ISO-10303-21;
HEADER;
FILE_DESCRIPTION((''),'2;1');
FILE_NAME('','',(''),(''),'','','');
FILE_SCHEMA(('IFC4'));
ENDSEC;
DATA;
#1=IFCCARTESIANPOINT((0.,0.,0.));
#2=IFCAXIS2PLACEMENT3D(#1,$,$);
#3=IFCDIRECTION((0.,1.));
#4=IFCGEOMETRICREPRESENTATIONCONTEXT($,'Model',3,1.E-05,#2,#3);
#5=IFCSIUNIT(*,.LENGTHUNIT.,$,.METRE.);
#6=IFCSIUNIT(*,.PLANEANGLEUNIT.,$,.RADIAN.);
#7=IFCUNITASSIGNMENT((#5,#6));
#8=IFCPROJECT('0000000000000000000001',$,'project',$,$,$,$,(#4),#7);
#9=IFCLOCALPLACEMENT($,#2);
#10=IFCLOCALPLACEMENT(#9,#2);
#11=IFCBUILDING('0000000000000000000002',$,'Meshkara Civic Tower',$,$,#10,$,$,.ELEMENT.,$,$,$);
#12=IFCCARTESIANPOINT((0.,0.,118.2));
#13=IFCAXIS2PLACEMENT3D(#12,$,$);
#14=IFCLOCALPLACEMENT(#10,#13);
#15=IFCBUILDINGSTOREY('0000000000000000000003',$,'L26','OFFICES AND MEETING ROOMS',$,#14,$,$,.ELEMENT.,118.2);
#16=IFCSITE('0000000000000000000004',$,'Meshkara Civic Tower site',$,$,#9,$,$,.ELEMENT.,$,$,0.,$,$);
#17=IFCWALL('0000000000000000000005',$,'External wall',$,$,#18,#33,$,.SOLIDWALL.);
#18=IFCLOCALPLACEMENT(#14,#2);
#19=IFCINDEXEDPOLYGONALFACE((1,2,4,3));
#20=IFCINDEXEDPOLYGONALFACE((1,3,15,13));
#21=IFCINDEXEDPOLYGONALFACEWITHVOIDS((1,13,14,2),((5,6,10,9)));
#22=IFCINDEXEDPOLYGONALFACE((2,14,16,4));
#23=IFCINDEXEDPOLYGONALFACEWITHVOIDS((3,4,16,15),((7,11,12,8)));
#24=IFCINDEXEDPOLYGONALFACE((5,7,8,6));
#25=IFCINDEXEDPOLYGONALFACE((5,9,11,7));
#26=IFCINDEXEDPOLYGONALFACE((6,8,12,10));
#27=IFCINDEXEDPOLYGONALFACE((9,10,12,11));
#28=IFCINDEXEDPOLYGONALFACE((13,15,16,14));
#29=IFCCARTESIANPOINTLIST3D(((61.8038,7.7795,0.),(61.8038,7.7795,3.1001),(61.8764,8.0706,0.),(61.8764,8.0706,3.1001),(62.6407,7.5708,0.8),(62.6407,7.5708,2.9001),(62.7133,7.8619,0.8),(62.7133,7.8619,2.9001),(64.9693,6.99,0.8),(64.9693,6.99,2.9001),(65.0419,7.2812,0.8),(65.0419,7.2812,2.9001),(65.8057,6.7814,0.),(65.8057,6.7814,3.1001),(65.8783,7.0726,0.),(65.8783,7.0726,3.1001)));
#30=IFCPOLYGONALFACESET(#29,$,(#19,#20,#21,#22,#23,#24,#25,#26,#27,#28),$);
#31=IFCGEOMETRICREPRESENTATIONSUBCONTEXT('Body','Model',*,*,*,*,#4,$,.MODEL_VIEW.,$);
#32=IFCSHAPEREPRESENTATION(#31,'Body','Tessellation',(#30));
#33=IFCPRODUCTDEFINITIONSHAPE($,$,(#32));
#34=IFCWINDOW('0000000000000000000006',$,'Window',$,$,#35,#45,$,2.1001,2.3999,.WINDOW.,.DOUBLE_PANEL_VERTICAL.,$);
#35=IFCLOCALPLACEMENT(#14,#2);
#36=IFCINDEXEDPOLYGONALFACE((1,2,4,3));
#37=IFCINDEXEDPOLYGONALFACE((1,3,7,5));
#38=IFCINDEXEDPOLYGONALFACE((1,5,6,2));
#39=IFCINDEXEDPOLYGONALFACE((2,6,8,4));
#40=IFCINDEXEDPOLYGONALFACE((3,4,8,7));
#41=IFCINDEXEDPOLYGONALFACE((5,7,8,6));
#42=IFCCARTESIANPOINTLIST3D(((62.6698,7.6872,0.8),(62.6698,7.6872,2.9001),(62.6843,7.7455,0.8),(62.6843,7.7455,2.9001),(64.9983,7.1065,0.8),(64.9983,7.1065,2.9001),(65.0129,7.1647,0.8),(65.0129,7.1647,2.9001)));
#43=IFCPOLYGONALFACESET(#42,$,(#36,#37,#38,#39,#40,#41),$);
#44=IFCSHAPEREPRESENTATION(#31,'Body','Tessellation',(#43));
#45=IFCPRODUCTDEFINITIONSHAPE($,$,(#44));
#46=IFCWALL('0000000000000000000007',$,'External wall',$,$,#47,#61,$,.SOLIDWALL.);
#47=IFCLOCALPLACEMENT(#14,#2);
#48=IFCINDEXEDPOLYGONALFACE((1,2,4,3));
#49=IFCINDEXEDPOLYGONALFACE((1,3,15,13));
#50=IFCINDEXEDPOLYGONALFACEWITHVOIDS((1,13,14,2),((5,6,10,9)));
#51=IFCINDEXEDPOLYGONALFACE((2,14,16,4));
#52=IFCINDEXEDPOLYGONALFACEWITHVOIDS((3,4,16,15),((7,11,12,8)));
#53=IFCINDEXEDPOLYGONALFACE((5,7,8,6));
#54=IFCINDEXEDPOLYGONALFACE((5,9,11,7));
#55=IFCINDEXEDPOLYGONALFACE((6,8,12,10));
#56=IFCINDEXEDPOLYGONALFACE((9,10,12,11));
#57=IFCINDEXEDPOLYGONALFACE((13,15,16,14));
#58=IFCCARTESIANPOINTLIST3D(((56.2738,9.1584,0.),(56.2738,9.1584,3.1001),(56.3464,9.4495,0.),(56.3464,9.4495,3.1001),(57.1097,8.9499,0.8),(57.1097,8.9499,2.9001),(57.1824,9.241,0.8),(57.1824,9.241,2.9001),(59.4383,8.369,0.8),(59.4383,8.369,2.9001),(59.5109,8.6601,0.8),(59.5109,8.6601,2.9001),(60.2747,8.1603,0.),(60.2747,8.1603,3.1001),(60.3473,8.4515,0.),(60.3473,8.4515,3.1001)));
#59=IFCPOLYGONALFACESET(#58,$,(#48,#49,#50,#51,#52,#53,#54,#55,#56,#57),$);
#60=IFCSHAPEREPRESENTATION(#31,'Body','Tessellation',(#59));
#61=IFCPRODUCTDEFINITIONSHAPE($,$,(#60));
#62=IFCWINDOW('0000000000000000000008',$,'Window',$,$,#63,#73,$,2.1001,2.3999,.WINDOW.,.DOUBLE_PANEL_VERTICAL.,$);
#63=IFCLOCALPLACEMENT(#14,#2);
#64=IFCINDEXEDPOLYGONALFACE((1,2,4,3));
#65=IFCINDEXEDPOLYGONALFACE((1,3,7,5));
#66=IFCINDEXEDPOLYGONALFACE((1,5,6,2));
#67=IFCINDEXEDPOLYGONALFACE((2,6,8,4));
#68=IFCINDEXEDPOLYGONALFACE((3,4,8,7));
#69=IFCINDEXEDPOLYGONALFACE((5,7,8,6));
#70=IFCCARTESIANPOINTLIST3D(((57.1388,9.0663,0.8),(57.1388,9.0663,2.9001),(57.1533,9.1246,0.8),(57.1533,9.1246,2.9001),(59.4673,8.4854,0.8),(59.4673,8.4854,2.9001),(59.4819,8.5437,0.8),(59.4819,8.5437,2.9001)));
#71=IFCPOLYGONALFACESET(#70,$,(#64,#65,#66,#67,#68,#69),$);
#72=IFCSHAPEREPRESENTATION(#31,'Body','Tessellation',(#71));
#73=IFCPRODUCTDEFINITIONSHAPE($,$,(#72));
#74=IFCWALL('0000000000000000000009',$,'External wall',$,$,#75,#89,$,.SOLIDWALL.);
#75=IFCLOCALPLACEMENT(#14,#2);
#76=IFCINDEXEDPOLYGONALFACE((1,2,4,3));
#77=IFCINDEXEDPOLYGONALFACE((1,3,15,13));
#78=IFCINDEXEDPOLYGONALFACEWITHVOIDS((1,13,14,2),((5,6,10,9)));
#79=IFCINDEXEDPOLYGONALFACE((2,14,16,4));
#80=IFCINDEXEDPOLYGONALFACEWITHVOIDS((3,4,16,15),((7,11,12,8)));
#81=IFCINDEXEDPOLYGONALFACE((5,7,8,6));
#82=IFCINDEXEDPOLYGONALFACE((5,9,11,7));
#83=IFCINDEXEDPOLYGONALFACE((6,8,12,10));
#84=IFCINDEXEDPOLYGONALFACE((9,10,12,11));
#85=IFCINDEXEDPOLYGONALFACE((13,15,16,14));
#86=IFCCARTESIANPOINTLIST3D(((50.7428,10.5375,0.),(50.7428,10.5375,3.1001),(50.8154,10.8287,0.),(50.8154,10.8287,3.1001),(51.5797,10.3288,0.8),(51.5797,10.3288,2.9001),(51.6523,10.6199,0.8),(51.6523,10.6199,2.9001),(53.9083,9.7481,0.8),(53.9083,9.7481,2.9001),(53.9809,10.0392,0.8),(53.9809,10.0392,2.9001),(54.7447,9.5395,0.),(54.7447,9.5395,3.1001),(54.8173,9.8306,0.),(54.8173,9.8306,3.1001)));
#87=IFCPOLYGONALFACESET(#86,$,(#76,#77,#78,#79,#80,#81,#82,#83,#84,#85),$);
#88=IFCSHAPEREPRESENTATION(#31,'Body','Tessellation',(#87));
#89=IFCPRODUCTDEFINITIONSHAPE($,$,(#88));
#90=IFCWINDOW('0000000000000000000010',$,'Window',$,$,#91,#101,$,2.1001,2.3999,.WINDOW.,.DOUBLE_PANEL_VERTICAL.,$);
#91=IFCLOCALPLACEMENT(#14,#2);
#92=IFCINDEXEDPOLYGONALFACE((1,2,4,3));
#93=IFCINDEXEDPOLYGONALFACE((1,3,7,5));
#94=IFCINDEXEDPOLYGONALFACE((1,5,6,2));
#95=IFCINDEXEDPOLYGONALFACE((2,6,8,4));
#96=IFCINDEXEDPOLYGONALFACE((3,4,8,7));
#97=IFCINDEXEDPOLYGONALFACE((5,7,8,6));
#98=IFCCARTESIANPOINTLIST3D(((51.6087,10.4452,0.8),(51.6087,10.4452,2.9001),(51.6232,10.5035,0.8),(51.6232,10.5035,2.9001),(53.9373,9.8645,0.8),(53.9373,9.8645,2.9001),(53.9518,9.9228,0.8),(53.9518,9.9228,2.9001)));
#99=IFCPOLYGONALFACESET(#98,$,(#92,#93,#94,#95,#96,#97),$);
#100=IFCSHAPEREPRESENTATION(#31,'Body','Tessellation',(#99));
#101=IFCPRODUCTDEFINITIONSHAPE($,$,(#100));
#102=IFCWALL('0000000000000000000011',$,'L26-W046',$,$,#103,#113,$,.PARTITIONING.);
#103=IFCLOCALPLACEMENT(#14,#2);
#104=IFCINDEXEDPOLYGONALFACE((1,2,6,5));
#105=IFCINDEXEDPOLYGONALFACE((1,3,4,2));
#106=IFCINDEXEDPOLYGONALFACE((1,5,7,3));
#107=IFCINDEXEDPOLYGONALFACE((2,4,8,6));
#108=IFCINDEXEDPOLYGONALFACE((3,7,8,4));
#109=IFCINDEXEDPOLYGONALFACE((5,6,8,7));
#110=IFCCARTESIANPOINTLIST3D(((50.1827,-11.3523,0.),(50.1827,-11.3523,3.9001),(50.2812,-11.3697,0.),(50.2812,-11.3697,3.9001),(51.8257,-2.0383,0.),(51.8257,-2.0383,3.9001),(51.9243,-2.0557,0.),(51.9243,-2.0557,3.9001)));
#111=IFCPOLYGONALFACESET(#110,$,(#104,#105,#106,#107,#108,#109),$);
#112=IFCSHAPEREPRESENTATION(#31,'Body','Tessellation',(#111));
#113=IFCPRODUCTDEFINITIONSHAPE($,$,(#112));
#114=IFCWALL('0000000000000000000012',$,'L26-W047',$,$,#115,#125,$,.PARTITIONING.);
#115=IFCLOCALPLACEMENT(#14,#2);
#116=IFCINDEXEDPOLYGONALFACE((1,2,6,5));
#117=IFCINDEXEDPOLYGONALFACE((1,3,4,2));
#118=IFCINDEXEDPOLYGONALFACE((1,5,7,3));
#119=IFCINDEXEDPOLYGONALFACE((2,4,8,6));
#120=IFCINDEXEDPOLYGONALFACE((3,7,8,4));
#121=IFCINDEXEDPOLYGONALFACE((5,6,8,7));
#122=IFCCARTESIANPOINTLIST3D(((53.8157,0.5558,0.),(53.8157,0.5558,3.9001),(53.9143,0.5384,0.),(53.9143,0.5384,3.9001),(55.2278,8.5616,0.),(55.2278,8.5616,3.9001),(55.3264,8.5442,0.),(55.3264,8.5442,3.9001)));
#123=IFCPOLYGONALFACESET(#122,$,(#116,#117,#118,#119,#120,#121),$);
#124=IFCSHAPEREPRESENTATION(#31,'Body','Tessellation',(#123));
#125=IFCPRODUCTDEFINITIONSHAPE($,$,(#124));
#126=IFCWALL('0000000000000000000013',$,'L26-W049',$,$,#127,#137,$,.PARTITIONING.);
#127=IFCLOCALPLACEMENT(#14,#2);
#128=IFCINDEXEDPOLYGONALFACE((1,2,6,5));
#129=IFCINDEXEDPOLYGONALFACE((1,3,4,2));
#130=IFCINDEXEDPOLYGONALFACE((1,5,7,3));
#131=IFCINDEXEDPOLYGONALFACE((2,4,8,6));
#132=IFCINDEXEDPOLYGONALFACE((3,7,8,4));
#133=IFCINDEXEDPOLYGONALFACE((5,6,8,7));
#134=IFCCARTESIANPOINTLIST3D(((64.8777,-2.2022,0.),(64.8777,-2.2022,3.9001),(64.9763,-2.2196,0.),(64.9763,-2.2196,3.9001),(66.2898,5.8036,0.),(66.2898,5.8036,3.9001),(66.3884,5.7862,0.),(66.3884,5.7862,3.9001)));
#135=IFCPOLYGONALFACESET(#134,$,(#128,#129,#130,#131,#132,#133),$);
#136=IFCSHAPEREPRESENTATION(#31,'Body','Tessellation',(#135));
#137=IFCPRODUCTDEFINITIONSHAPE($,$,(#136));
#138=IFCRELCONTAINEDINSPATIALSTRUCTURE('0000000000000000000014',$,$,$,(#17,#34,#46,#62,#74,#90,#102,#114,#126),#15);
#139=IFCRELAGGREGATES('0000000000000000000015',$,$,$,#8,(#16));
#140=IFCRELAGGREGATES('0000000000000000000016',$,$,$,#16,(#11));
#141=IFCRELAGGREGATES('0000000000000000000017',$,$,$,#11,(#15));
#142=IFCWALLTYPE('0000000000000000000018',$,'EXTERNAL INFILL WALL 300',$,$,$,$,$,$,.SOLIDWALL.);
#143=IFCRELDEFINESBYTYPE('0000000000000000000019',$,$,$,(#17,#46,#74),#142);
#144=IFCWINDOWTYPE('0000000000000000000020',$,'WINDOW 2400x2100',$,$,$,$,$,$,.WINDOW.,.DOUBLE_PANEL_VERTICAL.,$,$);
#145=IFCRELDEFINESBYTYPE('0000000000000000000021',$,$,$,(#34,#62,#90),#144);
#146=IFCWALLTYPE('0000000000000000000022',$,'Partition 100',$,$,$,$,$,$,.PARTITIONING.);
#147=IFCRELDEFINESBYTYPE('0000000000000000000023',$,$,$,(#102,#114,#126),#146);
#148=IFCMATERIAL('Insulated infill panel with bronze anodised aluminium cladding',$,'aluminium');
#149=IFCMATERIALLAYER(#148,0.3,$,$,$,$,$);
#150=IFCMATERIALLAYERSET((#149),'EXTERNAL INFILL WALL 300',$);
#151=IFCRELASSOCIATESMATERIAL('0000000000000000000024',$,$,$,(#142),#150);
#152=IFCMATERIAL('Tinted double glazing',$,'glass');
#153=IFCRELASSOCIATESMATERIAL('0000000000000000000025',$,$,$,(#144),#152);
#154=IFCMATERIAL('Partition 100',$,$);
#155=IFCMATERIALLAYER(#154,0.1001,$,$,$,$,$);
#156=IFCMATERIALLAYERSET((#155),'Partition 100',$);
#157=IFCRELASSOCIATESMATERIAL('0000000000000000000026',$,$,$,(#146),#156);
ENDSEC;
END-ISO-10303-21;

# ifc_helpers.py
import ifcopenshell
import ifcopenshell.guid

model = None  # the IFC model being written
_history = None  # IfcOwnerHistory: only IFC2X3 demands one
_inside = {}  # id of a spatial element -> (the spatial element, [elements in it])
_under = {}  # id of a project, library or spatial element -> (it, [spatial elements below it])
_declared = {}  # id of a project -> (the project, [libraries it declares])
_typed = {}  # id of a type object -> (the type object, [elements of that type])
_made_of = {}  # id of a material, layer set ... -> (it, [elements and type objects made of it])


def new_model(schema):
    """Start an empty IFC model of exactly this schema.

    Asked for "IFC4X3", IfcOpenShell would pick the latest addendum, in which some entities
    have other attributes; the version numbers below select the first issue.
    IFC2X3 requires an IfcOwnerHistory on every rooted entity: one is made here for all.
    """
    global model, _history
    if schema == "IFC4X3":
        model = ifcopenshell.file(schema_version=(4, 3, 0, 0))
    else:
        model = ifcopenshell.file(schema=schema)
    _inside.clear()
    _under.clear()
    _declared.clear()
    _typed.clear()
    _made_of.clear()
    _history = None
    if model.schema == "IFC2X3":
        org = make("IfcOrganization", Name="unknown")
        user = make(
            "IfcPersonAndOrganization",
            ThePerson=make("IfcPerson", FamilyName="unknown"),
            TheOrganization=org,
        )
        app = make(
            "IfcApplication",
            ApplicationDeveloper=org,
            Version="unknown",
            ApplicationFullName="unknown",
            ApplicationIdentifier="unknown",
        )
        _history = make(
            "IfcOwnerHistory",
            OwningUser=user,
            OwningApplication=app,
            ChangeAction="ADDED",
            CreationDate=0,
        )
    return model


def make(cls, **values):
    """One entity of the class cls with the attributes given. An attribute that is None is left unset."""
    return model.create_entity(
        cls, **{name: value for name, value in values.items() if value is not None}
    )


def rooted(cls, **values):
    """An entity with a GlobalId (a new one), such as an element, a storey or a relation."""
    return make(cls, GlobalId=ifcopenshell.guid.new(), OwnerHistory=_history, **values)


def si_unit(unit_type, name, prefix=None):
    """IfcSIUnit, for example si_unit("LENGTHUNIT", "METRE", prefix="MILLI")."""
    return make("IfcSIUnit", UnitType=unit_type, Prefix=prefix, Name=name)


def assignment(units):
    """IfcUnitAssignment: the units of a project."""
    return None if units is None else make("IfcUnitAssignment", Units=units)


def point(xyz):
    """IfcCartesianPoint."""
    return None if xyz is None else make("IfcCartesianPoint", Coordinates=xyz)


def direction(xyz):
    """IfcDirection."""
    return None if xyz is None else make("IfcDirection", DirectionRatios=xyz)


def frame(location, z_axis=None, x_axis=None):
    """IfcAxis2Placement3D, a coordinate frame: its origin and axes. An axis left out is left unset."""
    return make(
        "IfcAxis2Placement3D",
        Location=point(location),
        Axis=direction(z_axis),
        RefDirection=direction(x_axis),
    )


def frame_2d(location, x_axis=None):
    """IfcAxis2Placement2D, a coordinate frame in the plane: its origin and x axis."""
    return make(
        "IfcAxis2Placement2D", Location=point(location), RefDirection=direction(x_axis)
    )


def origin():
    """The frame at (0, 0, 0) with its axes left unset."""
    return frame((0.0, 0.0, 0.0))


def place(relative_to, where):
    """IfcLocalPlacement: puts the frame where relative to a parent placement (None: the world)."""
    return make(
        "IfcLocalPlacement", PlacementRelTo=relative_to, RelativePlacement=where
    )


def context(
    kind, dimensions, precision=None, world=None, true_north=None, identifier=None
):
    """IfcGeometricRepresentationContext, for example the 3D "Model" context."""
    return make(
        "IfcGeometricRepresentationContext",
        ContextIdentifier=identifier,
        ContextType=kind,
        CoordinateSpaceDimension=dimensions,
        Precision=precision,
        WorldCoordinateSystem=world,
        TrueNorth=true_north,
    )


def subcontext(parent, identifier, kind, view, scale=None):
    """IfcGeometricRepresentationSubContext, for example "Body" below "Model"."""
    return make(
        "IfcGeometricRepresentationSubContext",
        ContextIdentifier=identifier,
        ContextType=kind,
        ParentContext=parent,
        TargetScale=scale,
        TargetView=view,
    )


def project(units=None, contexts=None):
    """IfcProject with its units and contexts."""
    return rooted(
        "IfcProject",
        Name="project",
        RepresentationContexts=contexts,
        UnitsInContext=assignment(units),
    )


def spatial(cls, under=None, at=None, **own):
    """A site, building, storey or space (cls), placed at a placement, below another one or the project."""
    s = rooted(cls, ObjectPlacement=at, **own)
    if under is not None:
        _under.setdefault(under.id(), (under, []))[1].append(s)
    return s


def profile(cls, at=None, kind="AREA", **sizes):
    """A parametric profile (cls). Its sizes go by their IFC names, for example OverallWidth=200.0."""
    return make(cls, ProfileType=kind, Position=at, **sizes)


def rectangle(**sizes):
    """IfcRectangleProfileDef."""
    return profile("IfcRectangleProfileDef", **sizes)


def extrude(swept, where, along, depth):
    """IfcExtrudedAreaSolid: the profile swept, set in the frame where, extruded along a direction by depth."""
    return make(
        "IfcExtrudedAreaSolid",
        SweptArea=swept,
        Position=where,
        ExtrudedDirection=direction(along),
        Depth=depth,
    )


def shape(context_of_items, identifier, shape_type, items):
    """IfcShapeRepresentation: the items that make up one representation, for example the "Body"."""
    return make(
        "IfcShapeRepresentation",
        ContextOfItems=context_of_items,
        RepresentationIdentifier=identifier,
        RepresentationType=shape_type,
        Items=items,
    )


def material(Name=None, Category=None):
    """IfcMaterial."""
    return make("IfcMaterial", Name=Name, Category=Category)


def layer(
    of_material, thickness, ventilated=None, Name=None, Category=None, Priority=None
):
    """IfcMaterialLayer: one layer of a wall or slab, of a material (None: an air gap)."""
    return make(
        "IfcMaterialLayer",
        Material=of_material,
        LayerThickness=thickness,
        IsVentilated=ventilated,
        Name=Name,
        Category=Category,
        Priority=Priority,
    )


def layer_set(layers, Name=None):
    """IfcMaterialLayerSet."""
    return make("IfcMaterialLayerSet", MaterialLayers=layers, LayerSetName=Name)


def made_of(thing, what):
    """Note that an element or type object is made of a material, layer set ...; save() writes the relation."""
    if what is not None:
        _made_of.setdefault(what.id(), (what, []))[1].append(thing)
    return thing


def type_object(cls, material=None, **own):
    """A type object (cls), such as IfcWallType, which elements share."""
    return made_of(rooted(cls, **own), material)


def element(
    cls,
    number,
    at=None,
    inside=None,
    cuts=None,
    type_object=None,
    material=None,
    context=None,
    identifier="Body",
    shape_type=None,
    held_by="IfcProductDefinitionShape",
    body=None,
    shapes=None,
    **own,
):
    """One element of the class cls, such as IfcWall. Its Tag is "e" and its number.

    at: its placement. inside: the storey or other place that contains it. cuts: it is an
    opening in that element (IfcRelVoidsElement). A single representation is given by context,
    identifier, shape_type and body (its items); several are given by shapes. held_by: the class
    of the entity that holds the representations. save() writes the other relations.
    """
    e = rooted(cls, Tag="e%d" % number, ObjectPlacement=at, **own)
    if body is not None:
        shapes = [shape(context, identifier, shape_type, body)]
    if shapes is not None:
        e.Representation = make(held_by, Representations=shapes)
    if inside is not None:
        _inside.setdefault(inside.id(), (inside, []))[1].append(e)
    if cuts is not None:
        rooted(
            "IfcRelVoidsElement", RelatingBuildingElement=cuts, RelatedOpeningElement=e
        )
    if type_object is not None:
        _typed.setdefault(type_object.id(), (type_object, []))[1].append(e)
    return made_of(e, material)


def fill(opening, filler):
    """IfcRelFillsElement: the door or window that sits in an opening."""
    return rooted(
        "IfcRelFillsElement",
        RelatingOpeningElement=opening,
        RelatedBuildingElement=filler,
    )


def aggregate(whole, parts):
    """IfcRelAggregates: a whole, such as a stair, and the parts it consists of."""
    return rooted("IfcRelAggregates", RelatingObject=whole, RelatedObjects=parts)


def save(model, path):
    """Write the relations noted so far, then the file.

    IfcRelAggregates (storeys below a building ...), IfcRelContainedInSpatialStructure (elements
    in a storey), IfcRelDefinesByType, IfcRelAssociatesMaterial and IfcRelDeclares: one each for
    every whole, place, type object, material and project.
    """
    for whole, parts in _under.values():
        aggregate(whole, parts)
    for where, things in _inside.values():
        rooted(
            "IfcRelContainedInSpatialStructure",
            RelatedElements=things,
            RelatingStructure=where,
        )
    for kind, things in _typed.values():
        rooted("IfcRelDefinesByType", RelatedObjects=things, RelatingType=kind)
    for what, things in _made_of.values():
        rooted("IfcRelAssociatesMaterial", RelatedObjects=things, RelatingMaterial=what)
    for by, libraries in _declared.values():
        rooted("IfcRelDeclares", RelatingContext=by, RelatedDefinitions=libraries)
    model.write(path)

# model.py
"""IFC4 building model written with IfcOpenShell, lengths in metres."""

from ifc_helpers import new_model, si_unit, direction, frame, frame_2d, origin, place, context, subcontext, project, spatial, rectangle, extrude, material, layer, layer_set, type_object, element, fill, save


model = new_model("IFC4")

# Units and contexts
model_context = context("Model", 3, precision=1e-05, world=origin(), true_north=direction((0.0, 1.0)))
body_context = subcontext(model_context, "Body", "Model", "MODEL_VIEW")
ifc_project = project(units=[si_unit("LENGTHUNIT", "METRE"), si_unit("PLANEANGLEUNIT", "RADIAN")], contexts=[model_context])

# Site, building, storey
site_placement = place(None, origin())
site = spatial("IfcSite", under=ifc_project, at=site_placement, Name="Meshkara Civic Tower site", CompositionType="ELEMENT", RefElevation=0.0)
building_placement = place(site_placement, origin())
building = spatial("IfcBuilding", under=site, at=building_placement, Name="Meshkara Civic Tower", CompositionType="ELEMENT")
storey_placement = place(building_placement, frame((0.0, 0.0, 118.2)))
storey = spatial("IfcBuildingStorey", under=building, at=storey_placement, Name="L26", Description="OFFICES AND MEETING ROOMS", CompositionType="ELEMENT", Elevation=118.2)

# Walls, openings, windows
ifc_material_1 = material(Name="Insulated infill panel with bronze anodised aluminium cladding", Category="aluminium")
ifc_layer_1 = layer(ifc_material_1, 0.3)
ifc_layer_set_1 = layer_set([ifc_layer_1], Name="EXTERNAL INFILL WALL 300")
wall_type_1 = type_object("IfcWallType", Name="EXTERNAL INFILL WALL 300", PredefinedType="SOLIDWALL", material=ifc_layer_set_1)
wall_1_placement = place(storey_placement, frame((65.842, 6.927, 0.0), z_axis=(0.0, 0.0, 1.0), x_axis=(-0.970282, 0.241978, 0.0)))
wall_1 = element("IfcWall", 1, at=wall_1_placement, inside=storey, type_object=wall_type_1, Name="External wall", PredefinedType="SOLIDWALL", context=body_context, shape_type="SweptSolid", body=[
    extrude(rectangle(XDim=4.1245, YDim=0.3, at=frame_2d((2.0623, 0.0))), origin(), (0.0, 0.0, 1.0), 3.1001),
])
opening_1_placement = place(wall_1_placement, frame((0.8621, 0.0, 0.8)))
opening_1 = element("IfcOpeningElement", 2, at=opening_1_placement, cuts=wall_1, PredefinedType="OPENING", context=body_context, shape_type="SweptSolid", body=[
    extrude(rectangle(XDim=2.3999, YDim=2.1001, at=frame_2d((1.2, 1.05))), frame((0.0, 0.1599, 0.0), z_axis=(0.0, -1.0, 0.0), x_axis=(1.0, 0.0, 0.0)), (0.0, 0.0, 1.0), 0.3201),
])
ifc_material_2 = material(Name="Tinted double glazing", Category="glass")
window_type = type_object("IfcWindowType", Name="WINDOW 2400x2100", PartitioningType="DOUBLE_PANEL_VERTICAL", PredefinedType="WINDOW", material=ifc_material_2)
window_1_placement = place(opening_1_placement, origin())
window_1 = element("IfcWindow", 3, at=window_1_placement, inside=storey, type_object=window_type, Name="Window", OverallHeight=2.1001, OverallWidth=2.3999, PartitioningType="DOUBLE_PANEL_VERTICAL", PredefinedType="WINDOW", context=body_context, shape_type="SweptSolid", body=[
    extrude(rectangle(XDim=2.3999, YDim=2.1001, at=frame_2d((1.2, 1.05))), frame((0.0, 0.03, 0.0), z_axis=(0.0, -1.0, 0.0), x_axis=(1.0, 0.0, 0.0)), (0.0, 0.0, 1.0), 0.0601),
])
fill(opening_1, window_1)
wall_2_placement = place(storey_placement, frame((60.311, 8.3059, 0.0), z_axis=(0.0, 0.0, 1.0), x_axis=(-0.970268, 0.242034, 0.0)))
wall_2 = element("IfcWall", 4, at=wall_2_placement, inside=storey, type_object=wall_type_1, Name="External wall", PredefinedType="SOLIDWALL", context=body_context, shape_type="SweptSolid", body=[
    extrude(rectangle(XDim=4.1235, YDim=0.3, at=frame_2d((2.0618, 0.0))), origin(), (0.0, 0.0, 1.0), 3.1001),
])
opening_2_placement = place(wall_2_placement, frame((0.8621, 0.0, 0.8)))
opening_2 = element("IfcOpeningElement", 5, at=opening_2_placement, cuts=wall_2, PredefinedType="OPENING", context=body_context, shape_type="SweptSolid", body=[
    extrude(rectangle(XDim=2.3999, YDim=2.1001, at=frame_2d((1.2, 1.05))), frame((0.0, 0.1599, 0.0), z_axis=(0.0, -1.0, 0.0), x_axis=(1.0, 0.0, 0.0)), (0.0, 0.0, 1.0), 0.3201),
])
window_2_placement = place(opening_2_placement, origin())
window_2 = element("IfcWindow", 6, at=window_2_placement, inside=storey, type_object=window_type, Name="Window", OverallHeight=2.1001, OverallWidth=2.3999, PartitioningType="DOUBLE_PANEL_VERTICAL", PredefinedType="WINDOW", context=body_context, shape_type="SweptSolid", body=[
    extrude(rectangle(XDim=2.3999, YDim=2.1001, at=frame_2d((1.2, 1.05))), frame((0.0, 0.03, 0.0), z_axis=(0.0, -1.0, 0.0), x_axis=(1.0, 0.0, 0.0)), (0.0, 0.0, 1.0), 0.0601),
])
fill(opening_2, window_2)
wall_3_placement = place(storey_placement, frame((54.781, 9.6851, 0.0), z_axis=(0.0, 0.0, 1.0), x_axis=(-0.970282, 0.241978, 0.0)))
wall_3 = element("IfcWall", 7, at=wall_3_placement, inside=storey, type_object=wall_type_1, Name="External wall", PredefinedType="SOLIDWALL", context=body_context, shape_type="SweptSolid", body=[
    extrude(rectangle(XDim=4.1245, YDim=0.3, at=frame_2d((2.0623, 0.0))), origin(), (0.0, 0.0, 1.0), 3.1001),
])
opening_3_placement = place(wall_3_placement, frame((0.8621, 0.0, 0.8)))
opening_3 = element("IfcOpeningElement", 8, at=opening_3_placement, cuts=wall_3, PredefinedType="OPENING", context=body_context, shape_type="SweptSolid", body=[
    extrude(rectangle(XDim=2.3999, YDim=2.1001, at=frame_2d((1.2, 1.05))), frame((0.0, 0.1599, 0.0), z_axis=(0.0, -1.0, 0.0), x_axis=(1.0, 0.0, 0.0)), (0.0, 0.0, 1.0), 0.3201),
])
window_3_placement = place(opening_3_placement, origin())
window_3 = element("IfcWindow", 9, at=window_3_placement, inside=storey, type_object=window_type, Name="Window", OverallHeight=2.1001, OverallWidth=2.3999, PartitioningType="DOUBLE_PANEL_VERTICAL", PredefinedType="WINDOW", context=body_context, shape_type="SweptSolid", body=[
    extrude(rectangle(XDim=2.3999, YDim=2.1001, at=frame_2d((1.2, 1.05))), frame((0.0, 0.03, 0.0), z_axis=(0.0, -1.0, 0.0), x_axis=(1.0, 0.0, 0.0)), (0.0, 0.0, 1.0), 0.0601),
])
fill(opening_3, window_3)

# Walls
ifc_material_3 = material(Name="Partition 100")
ifc_layer_2 = layer(ifc_material_3, 0.1001)
ifc_layer_set_2 = layer_set([ifc_layer_2], Name="Partition 100")
wall_type_2 = type_object("IfcWallType", Name="Partition 100", PredefinedType="PARTITIONING", material=ifc_layer_set_2)
wall_4_placement = place(storey_placement, frame((50.2319, -11.3611, 0.0), z_axis=(0.0, 0.0, 1.0), x_axis=(0.173726, 0.984794, 0.0)))
element("IfcWall", 10, at=wall_4_placement, inside=storey, type_object=wall_type_2, Name="L26-W046", PredefinedType="PARTITIONING", context=body_context, shape_type="SweptSolid", body=[
    extrude(rectangle(XDim=9.4578, YDim=0.1001, at=frame_2d((4.729, 0.0))), origin(), (0.0, 0.0, 1.0), 3.9001),
])
for number, where, z_axis, x_axis, name in (
    (11, (53.865, 0.5471, 0.0), (0.0, 0.0, 1.0), (0.173703, 0.984798, 0.0), "L26-W047"),
    (12, (64.927, -2.2109, 0.0), (0.0, 0.0, 1.0), (0.173703, 0.984798, 0.0), "L26-W049"),
):
    element("IfcWall", number, at=place(storey_placement, frame(where, z_axis=z_axis, x_axis=x_axis)), inside=storey, type_object=wall_type_2, Name=name, PredefinedType="PARTITIONING", context=body_context, shape_type="SweptSolid", body=[
        extrude(rectangle(XDim=8.1294, YDim=0.1001, at=frame_2d((4.0647, 0.0))), origin(), (0.0, 0.0, 1.0), 3.9001),
    ])

save(model, "model.ifc")
